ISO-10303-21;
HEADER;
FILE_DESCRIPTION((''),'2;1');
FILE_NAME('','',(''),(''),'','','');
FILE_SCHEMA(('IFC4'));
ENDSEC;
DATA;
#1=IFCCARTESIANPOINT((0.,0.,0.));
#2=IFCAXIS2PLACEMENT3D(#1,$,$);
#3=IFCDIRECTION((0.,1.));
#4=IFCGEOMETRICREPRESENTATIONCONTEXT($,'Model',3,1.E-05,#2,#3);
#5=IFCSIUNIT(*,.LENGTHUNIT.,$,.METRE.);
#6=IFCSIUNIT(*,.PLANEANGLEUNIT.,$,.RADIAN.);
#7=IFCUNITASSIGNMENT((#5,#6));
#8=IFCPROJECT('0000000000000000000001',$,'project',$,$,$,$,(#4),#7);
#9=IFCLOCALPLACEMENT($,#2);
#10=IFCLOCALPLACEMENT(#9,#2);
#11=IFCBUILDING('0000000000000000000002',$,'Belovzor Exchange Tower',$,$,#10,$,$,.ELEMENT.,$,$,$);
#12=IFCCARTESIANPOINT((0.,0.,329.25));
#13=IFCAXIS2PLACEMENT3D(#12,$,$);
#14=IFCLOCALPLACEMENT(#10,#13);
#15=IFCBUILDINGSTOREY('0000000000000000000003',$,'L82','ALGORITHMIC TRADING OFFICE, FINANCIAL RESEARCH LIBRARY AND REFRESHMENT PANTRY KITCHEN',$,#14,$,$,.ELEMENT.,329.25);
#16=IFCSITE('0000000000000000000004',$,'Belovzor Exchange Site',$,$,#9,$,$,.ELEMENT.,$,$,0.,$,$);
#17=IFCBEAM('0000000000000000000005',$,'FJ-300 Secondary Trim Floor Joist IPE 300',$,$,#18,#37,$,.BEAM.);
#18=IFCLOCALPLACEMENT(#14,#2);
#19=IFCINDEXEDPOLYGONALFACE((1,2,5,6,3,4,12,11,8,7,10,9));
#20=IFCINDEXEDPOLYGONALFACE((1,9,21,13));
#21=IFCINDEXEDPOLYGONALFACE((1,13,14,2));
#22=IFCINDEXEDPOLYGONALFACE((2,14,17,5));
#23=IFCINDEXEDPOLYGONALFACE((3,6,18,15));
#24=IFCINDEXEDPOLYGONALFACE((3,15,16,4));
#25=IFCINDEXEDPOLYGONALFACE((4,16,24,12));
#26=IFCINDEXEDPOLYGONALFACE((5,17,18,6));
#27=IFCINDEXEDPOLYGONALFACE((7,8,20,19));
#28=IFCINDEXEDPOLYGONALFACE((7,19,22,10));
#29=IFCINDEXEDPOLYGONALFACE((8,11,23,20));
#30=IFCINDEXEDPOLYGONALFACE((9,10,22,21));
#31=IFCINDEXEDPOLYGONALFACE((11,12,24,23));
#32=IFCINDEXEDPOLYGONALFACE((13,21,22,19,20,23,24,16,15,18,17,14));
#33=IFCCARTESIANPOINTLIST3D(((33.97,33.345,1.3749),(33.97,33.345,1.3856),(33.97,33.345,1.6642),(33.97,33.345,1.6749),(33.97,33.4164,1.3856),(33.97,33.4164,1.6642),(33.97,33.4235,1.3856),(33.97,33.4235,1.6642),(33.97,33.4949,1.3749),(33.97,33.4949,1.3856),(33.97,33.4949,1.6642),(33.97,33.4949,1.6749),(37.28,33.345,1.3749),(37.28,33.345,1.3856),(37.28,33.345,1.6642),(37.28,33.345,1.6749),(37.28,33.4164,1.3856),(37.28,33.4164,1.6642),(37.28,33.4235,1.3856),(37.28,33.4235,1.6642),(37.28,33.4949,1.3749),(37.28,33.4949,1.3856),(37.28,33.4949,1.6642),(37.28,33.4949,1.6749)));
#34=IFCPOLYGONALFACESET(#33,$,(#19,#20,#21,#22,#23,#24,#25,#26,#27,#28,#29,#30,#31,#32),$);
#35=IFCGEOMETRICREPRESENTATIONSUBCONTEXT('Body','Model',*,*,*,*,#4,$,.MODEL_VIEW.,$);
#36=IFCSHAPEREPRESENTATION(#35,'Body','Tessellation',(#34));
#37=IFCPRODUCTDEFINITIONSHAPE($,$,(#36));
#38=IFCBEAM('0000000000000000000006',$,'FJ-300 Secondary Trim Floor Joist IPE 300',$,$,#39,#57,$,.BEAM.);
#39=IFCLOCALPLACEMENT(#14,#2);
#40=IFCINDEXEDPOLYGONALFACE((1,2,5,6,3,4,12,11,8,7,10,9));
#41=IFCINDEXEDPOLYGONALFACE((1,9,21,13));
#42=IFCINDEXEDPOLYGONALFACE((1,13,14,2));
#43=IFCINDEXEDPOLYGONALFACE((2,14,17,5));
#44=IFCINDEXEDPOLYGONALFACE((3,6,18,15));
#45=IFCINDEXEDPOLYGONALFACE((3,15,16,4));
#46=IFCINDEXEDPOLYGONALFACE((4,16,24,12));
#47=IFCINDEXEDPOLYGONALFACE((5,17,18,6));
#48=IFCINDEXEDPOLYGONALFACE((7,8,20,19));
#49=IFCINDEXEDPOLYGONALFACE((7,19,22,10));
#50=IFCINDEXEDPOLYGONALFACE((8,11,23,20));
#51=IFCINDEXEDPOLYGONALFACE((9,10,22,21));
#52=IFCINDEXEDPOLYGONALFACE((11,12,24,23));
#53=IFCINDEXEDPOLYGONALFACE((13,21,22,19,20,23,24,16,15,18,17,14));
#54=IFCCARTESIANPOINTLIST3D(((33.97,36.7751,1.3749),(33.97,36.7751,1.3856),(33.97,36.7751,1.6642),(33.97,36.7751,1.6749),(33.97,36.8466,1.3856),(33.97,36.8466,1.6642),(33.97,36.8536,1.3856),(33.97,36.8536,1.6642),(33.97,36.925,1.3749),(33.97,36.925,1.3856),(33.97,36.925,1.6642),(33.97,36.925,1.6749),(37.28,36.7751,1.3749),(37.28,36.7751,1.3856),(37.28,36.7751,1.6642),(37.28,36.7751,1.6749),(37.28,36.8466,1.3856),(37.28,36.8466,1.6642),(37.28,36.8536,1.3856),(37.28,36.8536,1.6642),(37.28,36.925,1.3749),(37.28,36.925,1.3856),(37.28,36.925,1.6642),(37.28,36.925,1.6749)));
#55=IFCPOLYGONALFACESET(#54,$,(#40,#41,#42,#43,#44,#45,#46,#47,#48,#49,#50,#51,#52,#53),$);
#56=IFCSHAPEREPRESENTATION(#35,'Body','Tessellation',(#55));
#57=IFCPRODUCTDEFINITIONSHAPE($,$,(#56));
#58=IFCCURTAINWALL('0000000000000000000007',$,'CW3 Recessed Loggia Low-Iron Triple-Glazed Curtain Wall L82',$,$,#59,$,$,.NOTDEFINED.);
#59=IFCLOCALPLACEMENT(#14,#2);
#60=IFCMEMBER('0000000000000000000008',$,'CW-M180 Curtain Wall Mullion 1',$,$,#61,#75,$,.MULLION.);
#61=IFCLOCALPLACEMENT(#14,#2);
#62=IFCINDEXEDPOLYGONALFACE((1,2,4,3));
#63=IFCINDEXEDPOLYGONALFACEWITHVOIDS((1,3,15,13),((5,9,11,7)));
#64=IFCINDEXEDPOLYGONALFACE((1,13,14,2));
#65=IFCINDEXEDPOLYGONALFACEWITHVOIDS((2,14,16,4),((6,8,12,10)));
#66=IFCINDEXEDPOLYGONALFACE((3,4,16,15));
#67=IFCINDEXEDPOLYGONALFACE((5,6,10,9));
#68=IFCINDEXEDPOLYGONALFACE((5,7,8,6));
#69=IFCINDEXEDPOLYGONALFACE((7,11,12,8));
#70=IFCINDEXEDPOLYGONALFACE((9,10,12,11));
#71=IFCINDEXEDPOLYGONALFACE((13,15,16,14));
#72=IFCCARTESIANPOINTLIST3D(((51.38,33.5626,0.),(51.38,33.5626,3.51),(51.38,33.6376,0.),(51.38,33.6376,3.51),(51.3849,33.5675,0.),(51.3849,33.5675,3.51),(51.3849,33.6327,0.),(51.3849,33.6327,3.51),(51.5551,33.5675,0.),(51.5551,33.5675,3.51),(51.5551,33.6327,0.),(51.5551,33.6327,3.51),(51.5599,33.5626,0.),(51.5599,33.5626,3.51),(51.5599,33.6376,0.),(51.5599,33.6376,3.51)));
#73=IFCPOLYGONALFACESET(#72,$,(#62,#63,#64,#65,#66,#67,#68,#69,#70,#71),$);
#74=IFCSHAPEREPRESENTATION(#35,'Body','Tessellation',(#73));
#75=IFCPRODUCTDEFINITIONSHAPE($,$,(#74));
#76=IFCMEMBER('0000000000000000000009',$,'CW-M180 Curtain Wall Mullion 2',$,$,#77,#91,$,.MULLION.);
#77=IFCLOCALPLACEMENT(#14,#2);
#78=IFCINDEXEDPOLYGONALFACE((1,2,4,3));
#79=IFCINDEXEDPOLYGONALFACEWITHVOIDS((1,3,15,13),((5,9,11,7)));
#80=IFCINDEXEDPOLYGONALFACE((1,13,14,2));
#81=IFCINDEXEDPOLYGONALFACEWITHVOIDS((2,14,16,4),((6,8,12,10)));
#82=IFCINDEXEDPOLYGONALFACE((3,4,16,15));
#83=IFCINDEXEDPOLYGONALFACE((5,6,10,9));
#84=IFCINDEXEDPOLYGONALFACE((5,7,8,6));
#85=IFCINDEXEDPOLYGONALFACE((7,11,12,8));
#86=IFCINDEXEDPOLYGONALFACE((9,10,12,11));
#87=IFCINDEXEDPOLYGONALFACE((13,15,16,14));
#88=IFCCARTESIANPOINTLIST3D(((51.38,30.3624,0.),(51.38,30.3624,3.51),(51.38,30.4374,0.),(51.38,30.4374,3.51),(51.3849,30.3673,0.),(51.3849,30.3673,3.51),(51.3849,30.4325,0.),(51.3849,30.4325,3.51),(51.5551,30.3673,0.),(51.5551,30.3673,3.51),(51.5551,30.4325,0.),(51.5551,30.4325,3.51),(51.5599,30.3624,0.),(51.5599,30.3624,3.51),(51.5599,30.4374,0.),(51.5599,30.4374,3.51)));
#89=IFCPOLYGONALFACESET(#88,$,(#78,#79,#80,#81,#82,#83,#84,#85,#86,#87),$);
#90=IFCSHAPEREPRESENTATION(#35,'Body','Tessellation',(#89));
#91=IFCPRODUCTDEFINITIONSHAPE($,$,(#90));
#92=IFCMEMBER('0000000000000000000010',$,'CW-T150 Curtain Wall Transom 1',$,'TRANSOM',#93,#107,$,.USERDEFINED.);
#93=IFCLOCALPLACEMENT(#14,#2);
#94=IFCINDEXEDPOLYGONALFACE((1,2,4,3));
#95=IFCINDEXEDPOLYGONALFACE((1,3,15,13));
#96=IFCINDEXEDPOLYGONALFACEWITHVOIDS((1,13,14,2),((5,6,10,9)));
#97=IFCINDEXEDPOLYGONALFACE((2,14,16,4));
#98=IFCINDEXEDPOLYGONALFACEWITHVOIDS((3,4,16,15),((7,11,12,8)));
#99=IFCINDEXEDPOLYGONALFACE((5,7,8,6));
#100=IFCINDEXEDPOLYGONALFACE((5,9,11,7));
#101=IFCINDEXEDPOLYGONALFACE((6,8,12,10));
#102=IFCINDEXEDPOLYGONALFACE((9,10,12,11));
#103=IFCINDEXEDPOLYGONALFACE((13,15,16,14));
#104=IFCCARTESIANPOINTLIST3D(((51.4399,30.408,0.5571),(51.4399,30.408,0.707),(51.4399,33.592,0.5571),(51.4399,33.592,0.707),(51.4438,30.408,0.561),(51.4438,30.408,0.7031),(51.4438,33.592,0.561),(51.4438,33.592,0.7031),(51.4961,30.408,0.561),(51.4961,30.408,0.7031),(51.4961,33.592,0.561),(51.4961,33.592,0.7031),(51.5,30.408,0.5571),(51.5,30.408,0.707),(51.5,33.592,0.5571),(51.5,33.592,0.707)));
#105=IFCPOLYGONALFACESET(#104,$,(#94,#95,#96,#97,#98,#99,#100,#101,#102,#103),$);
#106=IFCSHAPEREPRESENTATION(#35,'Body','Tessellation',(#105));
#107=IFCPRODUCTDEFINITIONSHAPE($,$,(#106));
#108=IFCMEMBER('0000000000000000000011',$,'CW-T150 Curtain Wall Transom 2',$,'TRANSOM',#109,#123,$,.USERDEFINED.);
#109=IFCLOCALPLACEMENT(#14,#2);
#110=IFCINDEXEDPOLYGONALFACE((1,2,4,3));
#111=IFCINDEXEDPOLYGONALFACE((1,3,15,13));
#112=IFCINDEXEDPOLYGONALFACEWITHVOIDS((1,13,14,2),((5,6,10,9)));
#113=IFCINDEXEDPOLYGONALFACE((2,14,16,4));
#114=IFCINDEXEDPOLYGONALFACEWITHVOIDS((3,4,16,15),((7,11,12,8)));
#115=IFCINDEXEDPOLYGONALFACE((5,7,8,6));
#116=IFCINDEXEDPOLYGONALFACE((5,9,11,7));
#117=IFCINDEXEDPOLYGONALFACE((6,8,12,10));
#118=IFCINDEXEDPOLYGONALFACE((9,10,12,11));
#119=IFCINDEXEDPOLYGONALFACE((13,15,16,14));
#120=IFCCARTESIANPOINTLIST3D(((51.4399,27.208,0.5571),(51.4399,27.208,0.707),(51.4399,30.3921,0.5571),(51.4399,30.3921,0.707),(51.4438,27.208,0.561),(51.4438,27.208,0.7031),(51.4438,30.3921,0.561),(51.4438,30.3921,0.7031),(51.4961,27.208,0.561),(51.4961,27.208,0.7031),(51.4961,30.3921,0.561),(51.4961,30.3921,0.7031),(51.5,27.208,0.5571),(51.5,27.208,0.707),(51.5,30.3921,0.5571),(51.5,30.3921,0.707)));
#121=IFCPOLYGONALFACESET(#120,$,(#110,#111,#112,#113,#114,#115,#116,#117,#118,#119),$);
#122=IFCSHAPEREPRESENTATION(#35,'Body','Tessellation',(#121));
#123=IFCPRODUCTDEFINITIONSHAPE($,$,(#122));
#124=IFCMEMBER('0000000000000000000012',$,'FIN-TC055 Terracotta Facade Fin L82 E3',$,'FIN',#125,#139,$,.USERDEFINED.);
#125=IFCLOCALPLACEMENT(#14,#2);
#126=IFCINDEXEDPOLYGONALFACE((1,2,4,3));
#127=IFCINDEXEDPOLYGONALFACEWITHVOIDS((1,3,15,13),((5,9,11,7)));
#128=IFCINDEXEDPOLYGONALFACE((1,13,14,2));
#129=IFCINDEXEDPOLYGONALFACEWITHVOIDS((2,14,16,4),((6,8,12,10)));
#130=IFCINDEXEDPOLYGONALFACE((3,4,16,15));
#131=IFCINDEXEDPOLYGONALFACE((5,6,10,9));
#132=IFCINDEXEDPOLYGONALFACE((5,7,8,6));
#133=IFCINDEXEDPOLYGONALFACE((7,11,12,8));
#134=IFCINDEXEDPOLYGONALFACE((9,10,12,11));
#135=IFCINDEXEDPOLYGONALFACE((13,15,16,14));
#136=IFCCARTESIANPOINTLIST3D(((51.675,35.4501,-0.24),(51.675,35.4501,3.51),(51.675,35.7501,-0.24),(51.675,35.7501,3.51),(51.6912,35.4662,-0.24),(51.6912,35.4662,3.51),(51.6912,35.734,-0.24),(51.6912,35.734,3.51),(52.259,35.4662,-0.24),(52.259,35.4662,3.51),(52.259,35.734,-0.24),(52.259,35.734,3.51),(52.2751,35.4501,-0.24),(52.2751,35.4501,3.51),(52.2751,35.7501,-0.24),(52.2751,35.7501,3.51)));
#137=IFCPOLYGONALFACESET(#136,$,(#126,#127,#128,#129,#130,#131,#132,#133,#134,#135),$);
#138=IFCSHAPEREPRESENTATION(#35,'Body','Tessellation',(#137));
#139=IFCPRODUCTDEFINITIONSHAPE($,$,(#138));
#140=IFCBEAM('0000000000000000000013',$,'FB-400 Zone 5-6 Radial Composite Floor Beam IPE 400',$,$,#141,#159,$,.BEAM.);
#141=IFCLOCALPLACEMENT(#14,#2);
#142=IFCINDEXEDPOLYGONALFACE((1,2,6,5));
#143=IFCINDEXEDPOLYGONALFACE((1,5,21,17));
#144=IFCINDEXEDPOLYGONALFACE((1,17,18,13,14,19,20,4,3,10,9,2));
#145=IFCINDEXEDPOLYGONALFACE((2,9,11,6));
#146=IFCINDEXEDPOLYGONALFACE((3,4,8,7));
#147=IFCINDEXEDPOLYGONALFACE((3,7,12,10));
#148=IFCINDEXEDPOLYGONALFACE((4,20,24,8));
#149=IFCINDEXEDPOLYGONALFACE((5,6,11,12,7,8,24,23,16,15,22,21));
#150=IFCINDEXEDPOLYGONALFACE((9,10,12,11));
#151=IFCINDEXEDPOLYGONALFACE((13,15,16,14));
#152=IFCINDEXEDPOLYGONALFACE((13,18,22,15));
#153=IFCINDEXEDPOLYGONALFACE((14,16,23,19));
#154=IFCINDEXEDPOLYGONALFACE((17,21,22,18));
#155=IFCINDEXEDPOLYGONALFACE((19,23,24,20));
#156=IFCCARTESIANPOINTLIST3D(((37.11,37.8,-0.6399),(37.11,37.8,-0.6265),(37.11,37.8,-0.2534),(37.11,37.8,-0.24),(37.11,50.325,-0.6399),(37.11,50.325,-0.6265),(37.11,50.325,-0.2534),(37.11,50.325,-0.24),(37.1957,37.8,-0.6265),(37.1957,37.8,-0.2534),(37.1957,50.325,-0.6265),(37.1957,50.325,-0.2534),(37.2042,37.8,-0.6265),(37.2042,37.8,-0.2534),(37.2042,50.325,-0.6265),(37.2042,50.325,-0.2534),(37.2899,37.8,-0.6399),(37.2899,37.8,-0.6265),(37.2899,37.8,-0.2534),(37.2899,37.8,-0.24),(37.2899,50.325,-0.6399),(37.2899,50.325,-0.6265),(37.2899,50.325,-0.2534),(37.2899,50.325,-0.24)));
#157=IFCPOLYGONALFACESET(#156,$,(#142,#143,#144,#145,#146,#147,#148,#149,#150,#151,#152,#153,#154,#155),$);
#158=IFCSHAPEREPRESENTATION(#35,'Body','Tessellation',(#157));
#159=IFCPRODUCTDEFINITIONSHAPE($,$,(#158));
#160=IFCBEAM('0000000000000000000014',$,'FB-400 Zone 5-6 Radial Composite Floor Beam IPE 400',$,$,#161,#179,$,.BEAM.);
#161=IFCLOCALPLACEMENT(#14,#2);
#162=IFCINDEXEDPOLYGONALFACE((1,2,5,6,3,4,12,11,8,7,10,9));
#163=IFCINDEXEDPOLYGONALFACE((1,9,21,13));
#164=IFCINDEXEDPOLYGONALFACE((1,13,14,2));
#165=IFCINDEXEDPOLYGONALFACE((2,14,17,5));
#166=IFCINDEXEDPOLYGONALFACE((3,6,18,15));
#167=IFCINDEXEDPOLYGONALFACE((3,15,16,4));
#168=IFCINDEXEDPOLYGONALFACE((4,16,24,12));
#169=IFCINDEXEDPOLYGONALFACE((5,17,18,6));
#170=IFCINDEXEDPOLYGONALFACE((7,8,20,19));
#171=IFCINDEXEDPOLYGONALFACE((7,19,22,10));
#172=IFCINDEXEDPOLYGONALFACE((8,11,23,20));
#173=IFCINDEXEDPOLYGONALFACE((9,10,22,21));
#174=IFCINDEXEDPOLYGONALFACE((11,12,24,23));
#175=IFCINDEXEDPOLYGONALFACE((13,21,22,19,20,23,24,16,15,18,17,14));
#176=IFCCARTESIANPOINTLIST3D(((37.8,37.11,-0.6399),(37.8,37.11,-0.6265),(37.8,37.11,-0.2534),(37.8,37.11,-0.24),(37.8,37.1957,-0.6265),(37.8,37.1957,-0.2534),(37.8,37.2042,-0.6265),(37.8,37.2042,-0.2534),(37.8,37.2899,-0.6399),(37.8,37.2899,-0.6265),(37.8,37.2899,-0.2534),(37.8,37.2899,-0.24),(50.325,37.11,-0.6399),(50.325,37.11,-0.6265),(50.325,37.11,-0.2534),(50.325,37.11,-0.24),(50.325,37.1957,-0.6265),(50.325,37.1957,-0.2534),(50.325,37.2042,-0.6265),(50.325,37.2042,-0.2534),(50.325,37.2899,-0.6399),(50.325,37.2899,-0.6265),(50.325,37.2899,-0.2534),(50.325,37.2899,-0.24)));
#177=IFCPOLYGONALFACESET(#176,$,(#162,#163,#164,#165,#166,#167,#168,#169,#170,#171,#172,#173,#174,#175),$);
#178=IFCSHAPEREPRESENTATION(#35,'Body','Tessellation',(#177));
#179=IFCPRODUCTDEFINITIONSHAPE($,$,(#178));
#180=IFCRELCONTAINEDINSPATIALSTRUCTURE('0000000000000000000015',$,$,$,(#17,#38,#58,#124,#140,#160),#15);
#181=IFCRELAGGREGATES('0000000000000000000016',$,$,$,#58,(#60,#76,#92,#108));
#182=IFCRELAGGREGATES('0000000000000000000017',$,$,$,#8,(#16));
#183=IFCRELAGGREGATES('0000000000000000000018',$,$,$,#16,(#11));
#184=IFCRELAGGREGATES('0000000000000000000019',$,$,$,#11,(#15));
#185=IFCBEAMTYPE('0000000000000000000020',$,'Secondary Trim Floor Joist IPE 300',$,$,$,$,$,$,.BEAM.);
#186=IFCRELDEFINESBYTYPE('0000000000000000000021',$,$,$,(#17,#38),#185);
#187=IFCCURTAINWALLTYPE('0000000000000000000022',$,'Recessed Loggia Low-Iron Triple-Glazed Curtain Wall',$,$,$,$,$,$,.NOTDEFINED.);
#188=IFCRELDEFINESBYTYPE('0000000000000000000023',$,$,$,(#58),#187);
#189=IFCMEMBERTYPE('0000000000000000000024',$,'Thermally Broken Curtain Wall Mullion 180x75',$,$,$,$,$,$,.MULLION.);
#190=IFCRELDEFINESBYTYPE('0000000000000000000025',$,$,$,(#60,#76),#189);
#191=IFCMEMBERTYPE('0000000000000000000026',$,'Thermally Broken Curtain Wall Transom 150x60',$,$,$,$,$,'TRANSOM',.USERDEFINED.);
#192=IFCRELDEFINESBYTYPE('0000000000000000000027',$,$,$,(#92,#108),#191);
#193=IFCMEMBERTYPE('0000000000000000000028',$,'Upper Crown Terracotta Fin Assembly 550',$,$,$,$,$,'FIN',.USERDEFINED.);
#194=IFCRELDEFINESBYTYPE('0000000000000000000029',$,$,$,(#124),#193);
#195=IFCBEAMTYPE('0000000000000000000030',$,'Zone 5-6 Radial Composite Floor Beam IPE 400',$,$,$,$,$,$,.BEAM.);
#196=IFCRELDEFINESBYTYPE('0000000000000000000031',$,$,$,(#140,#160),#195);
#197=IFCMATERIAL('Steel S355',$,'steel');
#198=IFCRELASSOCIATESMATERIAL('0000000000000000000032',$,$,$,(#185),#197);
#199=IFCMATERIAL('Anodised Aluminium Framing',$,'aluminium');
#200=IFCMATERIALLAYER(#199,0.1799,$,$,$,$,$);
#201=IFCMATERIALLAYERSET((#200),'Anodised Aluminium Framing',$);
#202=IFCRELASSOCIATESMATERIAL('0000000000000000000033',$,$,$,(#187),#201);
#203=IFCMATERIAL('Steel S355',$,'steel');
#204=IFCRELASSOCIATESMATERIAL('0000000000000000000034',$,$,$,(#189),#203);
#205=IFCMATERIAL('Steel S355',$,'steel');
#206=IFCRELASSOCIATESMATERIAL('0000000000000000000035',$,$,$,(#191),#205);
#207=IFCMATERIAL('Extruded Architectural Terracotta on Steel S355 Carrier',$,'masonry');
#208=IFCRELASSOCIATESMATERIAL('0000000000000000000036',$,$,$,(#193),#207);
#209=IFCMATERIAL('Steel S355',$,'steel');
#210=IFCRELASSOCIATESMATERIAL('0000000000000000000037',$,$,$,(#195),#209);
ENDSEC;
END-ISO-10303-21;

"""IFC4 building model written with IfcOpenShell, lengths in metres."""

from ifc_helpers import new_model, si_unit, direction, frame, origin, origin_2d, place, context, subcontext, project, spatial, hollow_rectangle, i_section, extrude, material, layer, layer_set, material_profile, profile_set, type_object, element, aggregate, save


model = new_model("IFC4")

# Units and contexts
model_context = context("Model", 3, precision=1e-05, world=origin(), true_north=direction((0.0, 1.0)))
body_context = subcontext(model_context, "Body", "Model", "MODEL_VIEW")
ifc_project = project(units=[si_unit("LENGTHUNIT", "METRE"), si_unit("PLANEANGLEUNIT", "RADIAN")], contexts=[model_context])

# Site, building, storey
site_placement = place(None, origin())
site = spatial("IfcSite", under=ifc_project, at=site_placement, Name="Belovzor Exchange Site", CompositionType="ELEMENT", RefElevation=0.0)
building_placement = place(site_placement, origin())
building = spatial("IfcBuilding", under=site, at=building_placement, Name="Belovzor Exchange Tower", CompositionType="ELEMENT")
storey_placement = place(building_placement, frame((0.0, 0.0, 329.25)))
storey = spatial("IfcBuildingStorey", under=building, at=storey_placement, Name="L82", Description="ALGORITHMIC TRADING OFFICE, FINANCIAL RESEARCH LIBRARY AND REFRESHMENT PANTRY KITCHEN", CompositionType="ELEMENT", Elevation=329.25)

# Beams
ifc_material_1 = material(Name="Steel S355", Category="steel")
ifc_material_profile_1 = material_profile(ifc_material_1, i_section(OverallWidth=0.1499, OverallDepth=0.3, WebThickness=0.0071, FlangeThickness=0.0107, at=origin_2d()))
ifc_profile_set_1 = profile_set([ifc_material_profile_1], Name="Steel S355")
beam_type_1 = type_object("IfcBeamType", Name="Secondary Trim Floor Joist IPE 300", PredefinedType="BEAM", material=ifc_profile_set_1)
for number, where, z_axis, x_axis, name in (
    (1, (37.28, 33.4199, 1.5249), (-1.0, 0.0, 0.0), (0.0, -1.0, 0.0), "FJ-300 Secondary Trim Floor Joist IPE 300"),
    (2, (37.28, 36.8501, 1.5249), (-1.0, 0.0, 0.0), (0.0, -1.0, 0.0), "FJ-300 Secondary Trim Floor Joist IPE 300"),
):
    element("IfcBeam", number, at=place(storey_placement, frame(where, z_axis=z_axis, x_axis=x_axis)), inside=storey, type_object=beam_type_1, Name=name, PredefinedType="BEAM", context=body_context, shape_type="SweptSolid", body=[
        extrude(i_section(OverallWidth=0.1499, OverallDepth=0.3, WebThickness=0.0071, FlangeThickness=0.0107, at=origin_2d()), origin(), (0.0, 0.0, 1.0), 3.3101),
    ])

# Curtain wall, members
ifc_material_2 = material(Name="Anodised Aluminium Framing", Category="aluminium")
ifc_layer_1 = layer(ifc_material_2, 0.1799)
ifc_layer_set_1 = layer_set([ifc_layer_1], Name="Anodised Aluminium Framing")
curtain_wall_type = type_object("IfcCurtainWallType", Name="Recessed Loggia Low-Iron Triple-Glazed Curtain Wall", PredefinedType="NOTDEFINED", material=ifc_layer_set_1)
curtain_wall_placement = place(storey_placement, origin())
curtain_wall = element("IfcCurtainWall", 3, at=curtain_wall_placement, inside=storey, type_object=curtain_wall_type, Name="CW3 Recessed Loggia Low-Iron Triple-Glazed Curtain Wall L82", PredefinedType="NOTDEFINED")
ifc_material_3 = material(Name="Steel S355", Category="steel")
ifc_material_profile_2 = material_profile(ifc_material_3, hollow_rectangle(XDim=0.075, YDim=0.1799, WallThickness=0.0049, at=origin_2d()))
ifc_profile_set_2 = profile_set([ifc_material_profile_2], Name="Steel S355")
member_type_1 = type_object("IfcMemberType", Name="Thermally Broken Curtain Wall Mullion 180x75", PredefinedType="MULLION", material=ifc_profile_set_2)
member_1_placement = place(storey_placement, frame((51.47, 33.6001, 0.0), z_axis=(0.0, 0.0, 1.0), x_axis=(0.0, -1.0, 0.0)))
member_1 = element("IfcMember", 4, at=member_1_placement, type_object=member_type_1, Name="CW-M180 Curtain Wall Mullion 1", PredefinedType="MULLION", context=body_context, shape_type="SweptSolid", body=[
    extrude(hollow_rectangle(XDim=0.075, YDim=0.1799, WallThickness=0.0049, at=origin_2d()), origin(), (0.0, 0.0, 1.0), 3.51),
])
member_2_placement = place(storey_placement, frame((51.47, 30.3999, 0.0), z_axis=(0.0, 0.0, 1.0), x_axis=(0.0, -1.0, 0.0)))
member_2 = element("IfcMember", 5, at=member_2_placement, type_object=member_type_1, Name="CW-M180 Curtain Wall Mullion 2", PredefinedType="MULLION", context=body_context, shape_type="SweptSolid", body=[
    extrude(hollow_rectangle(XDim=0.075, YDim=0.1799, WallThickness=0.0049, at=origin_2d()), origin(), (0.0, 0.0, 1.0), 3.51),
])
ifc_material_4 = material(Name="Steel S355", Category="steel")
ifc_material_profile_3 = material_profile(ifc_material_4, hollow_rectangle(XDim=0.0601, YDim=0.1499, WallThickness=0.0039, at=origin_2d()))
ifc_profile_set_3 = profile_set([ifc_material_profile_3], Name="Steel S355")
member_type_2 = type_object("IfcMemberType", Name="Thermally Broken Curtain Wall Transom 150x60", ElementType="TRANSOM", PredefinedType="USERDEFINED", material=ifc_profile_set_3)
member_3_placement = place(storey_placement, frame((51.47, 33.592, 0.6321), z_axis=(0.0, -1.0, 0.0), x_axis=(1.0, 0.0, 0.0)))
member_3 = element("IfcMember", 6, at=member_3_placement, type_object=member_type_2, Name="CW-T150 Curtain Wall Transom 1", ObjectType="TRANSOM", PredefinedType="USERDEFINED", context=body_context, shape_type="SweptSolid", body=[
    extrude(hollow_rectangle(XDim=0.0601, YDim=0.1499, WallThickness=0.0039, at=origin_2d()), origin(), (0.0, 0.0, 1.0), 3.1841),
])
member_4_placement = place(storey_placement, frame((51.47, 30.3921, 0.6321), z_axis=(0.0, -1.0, 0.0), x_axis=(1.0, 0.0, 0.0)))
member_4 = element("IfcMember", 7, at=member_4_placement, type_object=member_type_2, Name="CW-T150 Curtain Wall Transom 2", ObjectType="TRANSOM", PredefinedType="USERDEFINED", context=body_context, shape_type="SweptSolid", body=[
    extrude(hollow_rectangle(XDim=0.0601, YDim=0.1499, WallThickness=0.0039, at=origin_2d()), origin(), (0.0, 0.0, 1.0), 3.1841),
])

# Member
ifc_material_5 = material(Name="Extruded Architectural Terracotta on Steel S355 Carrier", Category="masonry")
ifc_material_profile_4 = material_profile(ifc_material_5, hollow_rectangle(XDim=0.3, YDim=0.6001, WallThickness=0.0161, at=origin_2d()))
ifc_profile_set_4 = profile_set([ifc_material_profile_4], Name="Extruded Architectural Terracotta on Steel S355 Carrier")
member_type_3 = type_object("IfcMemberType", Name="Upper Crown Terracotta Fin Assembly 550", ElementType="FIN", PredefinedType="USERDEFINED", material=ifc_profile_set_4)
member_5_placement = place(storey_placement, frame((51.9751, 35.6001, -0.24), z_axis=(0.0, 0.0, 1.0), x_axis=(0.0, 1.0, 0.0)))
element("IfcMember", 8, at=member_5_placement, inside=storey, type_object=member_type_3, Name="FIN-TC055 Terracotta Facade Fin L82 E3", ObjectType="FIN", PredefinedType="USERDEFINED", context=body_context, shape_type="SweptSolid", body=[
    extrude(hollow_rectangle(XDim=0.3, YDim=0.6001, WallThickness=0.0161, at=origin_2d()), origin(), (0.0, 0.0, 1.0), 3.75),
])

# Beams
ifc_material_6 = material(Name="Steel S355", Category="steel")
ifc_material_profile_5 = material_profile(ifc_material_6, i_section(OverallWidth=0.1799, OverallDepth=0.3999, WebThickness=0.0085, FlangeThickness=0.0134, at=origin_2d()))
ifc_profile_set_5 = profile_set([ifc_material_profile_5], Name="Steel S355")
beam_type_2 = type_object("IfcBeamType", Name="Zone 5-6 Radial Composite Floor Beam IPE 400", PredefinedType="BEAM", material=ifc_profile_set_5)
for number, where, z_axis, x_axis, name in (
    (9, (37.2, 37.8, -0.4399), (0.0, 1.0, 0.0), (-1.0, 0.0, 0.0), "FB-400 Zone 5-6 Radial Composite Floor Beam IPE 400"),
    (10, (37.8, 37.2, -0.4399), (1.0, 0.0, 0.0), (0.0, 1.0, 0.0), "FB-400 Zone 5-6 Radial Composite Floor Beam IPE 400"),
):
    element("IfcBeam", number, at=place(storey_placement, frame(where, z_axis=z_axis, x_axis=x_axis)), inside=storey, type_object=beam_type_2, Name=name, PredefinedType="BEAM", context=body_context, shape_type="SweptSolid", body=[
        extrude(i_section(OverallWidth=0.1799, OverallDepth=0.3999, WebThickness=0.0085, FlangeThickness=0.0134, at=origin_2d()), origin(), (0.0, 0.0, 1.0), 12.5249),
    ])

aggregate(curtain_wall, [member_1, member_2, member_3, member_4])

save(model, "model.ifc")
